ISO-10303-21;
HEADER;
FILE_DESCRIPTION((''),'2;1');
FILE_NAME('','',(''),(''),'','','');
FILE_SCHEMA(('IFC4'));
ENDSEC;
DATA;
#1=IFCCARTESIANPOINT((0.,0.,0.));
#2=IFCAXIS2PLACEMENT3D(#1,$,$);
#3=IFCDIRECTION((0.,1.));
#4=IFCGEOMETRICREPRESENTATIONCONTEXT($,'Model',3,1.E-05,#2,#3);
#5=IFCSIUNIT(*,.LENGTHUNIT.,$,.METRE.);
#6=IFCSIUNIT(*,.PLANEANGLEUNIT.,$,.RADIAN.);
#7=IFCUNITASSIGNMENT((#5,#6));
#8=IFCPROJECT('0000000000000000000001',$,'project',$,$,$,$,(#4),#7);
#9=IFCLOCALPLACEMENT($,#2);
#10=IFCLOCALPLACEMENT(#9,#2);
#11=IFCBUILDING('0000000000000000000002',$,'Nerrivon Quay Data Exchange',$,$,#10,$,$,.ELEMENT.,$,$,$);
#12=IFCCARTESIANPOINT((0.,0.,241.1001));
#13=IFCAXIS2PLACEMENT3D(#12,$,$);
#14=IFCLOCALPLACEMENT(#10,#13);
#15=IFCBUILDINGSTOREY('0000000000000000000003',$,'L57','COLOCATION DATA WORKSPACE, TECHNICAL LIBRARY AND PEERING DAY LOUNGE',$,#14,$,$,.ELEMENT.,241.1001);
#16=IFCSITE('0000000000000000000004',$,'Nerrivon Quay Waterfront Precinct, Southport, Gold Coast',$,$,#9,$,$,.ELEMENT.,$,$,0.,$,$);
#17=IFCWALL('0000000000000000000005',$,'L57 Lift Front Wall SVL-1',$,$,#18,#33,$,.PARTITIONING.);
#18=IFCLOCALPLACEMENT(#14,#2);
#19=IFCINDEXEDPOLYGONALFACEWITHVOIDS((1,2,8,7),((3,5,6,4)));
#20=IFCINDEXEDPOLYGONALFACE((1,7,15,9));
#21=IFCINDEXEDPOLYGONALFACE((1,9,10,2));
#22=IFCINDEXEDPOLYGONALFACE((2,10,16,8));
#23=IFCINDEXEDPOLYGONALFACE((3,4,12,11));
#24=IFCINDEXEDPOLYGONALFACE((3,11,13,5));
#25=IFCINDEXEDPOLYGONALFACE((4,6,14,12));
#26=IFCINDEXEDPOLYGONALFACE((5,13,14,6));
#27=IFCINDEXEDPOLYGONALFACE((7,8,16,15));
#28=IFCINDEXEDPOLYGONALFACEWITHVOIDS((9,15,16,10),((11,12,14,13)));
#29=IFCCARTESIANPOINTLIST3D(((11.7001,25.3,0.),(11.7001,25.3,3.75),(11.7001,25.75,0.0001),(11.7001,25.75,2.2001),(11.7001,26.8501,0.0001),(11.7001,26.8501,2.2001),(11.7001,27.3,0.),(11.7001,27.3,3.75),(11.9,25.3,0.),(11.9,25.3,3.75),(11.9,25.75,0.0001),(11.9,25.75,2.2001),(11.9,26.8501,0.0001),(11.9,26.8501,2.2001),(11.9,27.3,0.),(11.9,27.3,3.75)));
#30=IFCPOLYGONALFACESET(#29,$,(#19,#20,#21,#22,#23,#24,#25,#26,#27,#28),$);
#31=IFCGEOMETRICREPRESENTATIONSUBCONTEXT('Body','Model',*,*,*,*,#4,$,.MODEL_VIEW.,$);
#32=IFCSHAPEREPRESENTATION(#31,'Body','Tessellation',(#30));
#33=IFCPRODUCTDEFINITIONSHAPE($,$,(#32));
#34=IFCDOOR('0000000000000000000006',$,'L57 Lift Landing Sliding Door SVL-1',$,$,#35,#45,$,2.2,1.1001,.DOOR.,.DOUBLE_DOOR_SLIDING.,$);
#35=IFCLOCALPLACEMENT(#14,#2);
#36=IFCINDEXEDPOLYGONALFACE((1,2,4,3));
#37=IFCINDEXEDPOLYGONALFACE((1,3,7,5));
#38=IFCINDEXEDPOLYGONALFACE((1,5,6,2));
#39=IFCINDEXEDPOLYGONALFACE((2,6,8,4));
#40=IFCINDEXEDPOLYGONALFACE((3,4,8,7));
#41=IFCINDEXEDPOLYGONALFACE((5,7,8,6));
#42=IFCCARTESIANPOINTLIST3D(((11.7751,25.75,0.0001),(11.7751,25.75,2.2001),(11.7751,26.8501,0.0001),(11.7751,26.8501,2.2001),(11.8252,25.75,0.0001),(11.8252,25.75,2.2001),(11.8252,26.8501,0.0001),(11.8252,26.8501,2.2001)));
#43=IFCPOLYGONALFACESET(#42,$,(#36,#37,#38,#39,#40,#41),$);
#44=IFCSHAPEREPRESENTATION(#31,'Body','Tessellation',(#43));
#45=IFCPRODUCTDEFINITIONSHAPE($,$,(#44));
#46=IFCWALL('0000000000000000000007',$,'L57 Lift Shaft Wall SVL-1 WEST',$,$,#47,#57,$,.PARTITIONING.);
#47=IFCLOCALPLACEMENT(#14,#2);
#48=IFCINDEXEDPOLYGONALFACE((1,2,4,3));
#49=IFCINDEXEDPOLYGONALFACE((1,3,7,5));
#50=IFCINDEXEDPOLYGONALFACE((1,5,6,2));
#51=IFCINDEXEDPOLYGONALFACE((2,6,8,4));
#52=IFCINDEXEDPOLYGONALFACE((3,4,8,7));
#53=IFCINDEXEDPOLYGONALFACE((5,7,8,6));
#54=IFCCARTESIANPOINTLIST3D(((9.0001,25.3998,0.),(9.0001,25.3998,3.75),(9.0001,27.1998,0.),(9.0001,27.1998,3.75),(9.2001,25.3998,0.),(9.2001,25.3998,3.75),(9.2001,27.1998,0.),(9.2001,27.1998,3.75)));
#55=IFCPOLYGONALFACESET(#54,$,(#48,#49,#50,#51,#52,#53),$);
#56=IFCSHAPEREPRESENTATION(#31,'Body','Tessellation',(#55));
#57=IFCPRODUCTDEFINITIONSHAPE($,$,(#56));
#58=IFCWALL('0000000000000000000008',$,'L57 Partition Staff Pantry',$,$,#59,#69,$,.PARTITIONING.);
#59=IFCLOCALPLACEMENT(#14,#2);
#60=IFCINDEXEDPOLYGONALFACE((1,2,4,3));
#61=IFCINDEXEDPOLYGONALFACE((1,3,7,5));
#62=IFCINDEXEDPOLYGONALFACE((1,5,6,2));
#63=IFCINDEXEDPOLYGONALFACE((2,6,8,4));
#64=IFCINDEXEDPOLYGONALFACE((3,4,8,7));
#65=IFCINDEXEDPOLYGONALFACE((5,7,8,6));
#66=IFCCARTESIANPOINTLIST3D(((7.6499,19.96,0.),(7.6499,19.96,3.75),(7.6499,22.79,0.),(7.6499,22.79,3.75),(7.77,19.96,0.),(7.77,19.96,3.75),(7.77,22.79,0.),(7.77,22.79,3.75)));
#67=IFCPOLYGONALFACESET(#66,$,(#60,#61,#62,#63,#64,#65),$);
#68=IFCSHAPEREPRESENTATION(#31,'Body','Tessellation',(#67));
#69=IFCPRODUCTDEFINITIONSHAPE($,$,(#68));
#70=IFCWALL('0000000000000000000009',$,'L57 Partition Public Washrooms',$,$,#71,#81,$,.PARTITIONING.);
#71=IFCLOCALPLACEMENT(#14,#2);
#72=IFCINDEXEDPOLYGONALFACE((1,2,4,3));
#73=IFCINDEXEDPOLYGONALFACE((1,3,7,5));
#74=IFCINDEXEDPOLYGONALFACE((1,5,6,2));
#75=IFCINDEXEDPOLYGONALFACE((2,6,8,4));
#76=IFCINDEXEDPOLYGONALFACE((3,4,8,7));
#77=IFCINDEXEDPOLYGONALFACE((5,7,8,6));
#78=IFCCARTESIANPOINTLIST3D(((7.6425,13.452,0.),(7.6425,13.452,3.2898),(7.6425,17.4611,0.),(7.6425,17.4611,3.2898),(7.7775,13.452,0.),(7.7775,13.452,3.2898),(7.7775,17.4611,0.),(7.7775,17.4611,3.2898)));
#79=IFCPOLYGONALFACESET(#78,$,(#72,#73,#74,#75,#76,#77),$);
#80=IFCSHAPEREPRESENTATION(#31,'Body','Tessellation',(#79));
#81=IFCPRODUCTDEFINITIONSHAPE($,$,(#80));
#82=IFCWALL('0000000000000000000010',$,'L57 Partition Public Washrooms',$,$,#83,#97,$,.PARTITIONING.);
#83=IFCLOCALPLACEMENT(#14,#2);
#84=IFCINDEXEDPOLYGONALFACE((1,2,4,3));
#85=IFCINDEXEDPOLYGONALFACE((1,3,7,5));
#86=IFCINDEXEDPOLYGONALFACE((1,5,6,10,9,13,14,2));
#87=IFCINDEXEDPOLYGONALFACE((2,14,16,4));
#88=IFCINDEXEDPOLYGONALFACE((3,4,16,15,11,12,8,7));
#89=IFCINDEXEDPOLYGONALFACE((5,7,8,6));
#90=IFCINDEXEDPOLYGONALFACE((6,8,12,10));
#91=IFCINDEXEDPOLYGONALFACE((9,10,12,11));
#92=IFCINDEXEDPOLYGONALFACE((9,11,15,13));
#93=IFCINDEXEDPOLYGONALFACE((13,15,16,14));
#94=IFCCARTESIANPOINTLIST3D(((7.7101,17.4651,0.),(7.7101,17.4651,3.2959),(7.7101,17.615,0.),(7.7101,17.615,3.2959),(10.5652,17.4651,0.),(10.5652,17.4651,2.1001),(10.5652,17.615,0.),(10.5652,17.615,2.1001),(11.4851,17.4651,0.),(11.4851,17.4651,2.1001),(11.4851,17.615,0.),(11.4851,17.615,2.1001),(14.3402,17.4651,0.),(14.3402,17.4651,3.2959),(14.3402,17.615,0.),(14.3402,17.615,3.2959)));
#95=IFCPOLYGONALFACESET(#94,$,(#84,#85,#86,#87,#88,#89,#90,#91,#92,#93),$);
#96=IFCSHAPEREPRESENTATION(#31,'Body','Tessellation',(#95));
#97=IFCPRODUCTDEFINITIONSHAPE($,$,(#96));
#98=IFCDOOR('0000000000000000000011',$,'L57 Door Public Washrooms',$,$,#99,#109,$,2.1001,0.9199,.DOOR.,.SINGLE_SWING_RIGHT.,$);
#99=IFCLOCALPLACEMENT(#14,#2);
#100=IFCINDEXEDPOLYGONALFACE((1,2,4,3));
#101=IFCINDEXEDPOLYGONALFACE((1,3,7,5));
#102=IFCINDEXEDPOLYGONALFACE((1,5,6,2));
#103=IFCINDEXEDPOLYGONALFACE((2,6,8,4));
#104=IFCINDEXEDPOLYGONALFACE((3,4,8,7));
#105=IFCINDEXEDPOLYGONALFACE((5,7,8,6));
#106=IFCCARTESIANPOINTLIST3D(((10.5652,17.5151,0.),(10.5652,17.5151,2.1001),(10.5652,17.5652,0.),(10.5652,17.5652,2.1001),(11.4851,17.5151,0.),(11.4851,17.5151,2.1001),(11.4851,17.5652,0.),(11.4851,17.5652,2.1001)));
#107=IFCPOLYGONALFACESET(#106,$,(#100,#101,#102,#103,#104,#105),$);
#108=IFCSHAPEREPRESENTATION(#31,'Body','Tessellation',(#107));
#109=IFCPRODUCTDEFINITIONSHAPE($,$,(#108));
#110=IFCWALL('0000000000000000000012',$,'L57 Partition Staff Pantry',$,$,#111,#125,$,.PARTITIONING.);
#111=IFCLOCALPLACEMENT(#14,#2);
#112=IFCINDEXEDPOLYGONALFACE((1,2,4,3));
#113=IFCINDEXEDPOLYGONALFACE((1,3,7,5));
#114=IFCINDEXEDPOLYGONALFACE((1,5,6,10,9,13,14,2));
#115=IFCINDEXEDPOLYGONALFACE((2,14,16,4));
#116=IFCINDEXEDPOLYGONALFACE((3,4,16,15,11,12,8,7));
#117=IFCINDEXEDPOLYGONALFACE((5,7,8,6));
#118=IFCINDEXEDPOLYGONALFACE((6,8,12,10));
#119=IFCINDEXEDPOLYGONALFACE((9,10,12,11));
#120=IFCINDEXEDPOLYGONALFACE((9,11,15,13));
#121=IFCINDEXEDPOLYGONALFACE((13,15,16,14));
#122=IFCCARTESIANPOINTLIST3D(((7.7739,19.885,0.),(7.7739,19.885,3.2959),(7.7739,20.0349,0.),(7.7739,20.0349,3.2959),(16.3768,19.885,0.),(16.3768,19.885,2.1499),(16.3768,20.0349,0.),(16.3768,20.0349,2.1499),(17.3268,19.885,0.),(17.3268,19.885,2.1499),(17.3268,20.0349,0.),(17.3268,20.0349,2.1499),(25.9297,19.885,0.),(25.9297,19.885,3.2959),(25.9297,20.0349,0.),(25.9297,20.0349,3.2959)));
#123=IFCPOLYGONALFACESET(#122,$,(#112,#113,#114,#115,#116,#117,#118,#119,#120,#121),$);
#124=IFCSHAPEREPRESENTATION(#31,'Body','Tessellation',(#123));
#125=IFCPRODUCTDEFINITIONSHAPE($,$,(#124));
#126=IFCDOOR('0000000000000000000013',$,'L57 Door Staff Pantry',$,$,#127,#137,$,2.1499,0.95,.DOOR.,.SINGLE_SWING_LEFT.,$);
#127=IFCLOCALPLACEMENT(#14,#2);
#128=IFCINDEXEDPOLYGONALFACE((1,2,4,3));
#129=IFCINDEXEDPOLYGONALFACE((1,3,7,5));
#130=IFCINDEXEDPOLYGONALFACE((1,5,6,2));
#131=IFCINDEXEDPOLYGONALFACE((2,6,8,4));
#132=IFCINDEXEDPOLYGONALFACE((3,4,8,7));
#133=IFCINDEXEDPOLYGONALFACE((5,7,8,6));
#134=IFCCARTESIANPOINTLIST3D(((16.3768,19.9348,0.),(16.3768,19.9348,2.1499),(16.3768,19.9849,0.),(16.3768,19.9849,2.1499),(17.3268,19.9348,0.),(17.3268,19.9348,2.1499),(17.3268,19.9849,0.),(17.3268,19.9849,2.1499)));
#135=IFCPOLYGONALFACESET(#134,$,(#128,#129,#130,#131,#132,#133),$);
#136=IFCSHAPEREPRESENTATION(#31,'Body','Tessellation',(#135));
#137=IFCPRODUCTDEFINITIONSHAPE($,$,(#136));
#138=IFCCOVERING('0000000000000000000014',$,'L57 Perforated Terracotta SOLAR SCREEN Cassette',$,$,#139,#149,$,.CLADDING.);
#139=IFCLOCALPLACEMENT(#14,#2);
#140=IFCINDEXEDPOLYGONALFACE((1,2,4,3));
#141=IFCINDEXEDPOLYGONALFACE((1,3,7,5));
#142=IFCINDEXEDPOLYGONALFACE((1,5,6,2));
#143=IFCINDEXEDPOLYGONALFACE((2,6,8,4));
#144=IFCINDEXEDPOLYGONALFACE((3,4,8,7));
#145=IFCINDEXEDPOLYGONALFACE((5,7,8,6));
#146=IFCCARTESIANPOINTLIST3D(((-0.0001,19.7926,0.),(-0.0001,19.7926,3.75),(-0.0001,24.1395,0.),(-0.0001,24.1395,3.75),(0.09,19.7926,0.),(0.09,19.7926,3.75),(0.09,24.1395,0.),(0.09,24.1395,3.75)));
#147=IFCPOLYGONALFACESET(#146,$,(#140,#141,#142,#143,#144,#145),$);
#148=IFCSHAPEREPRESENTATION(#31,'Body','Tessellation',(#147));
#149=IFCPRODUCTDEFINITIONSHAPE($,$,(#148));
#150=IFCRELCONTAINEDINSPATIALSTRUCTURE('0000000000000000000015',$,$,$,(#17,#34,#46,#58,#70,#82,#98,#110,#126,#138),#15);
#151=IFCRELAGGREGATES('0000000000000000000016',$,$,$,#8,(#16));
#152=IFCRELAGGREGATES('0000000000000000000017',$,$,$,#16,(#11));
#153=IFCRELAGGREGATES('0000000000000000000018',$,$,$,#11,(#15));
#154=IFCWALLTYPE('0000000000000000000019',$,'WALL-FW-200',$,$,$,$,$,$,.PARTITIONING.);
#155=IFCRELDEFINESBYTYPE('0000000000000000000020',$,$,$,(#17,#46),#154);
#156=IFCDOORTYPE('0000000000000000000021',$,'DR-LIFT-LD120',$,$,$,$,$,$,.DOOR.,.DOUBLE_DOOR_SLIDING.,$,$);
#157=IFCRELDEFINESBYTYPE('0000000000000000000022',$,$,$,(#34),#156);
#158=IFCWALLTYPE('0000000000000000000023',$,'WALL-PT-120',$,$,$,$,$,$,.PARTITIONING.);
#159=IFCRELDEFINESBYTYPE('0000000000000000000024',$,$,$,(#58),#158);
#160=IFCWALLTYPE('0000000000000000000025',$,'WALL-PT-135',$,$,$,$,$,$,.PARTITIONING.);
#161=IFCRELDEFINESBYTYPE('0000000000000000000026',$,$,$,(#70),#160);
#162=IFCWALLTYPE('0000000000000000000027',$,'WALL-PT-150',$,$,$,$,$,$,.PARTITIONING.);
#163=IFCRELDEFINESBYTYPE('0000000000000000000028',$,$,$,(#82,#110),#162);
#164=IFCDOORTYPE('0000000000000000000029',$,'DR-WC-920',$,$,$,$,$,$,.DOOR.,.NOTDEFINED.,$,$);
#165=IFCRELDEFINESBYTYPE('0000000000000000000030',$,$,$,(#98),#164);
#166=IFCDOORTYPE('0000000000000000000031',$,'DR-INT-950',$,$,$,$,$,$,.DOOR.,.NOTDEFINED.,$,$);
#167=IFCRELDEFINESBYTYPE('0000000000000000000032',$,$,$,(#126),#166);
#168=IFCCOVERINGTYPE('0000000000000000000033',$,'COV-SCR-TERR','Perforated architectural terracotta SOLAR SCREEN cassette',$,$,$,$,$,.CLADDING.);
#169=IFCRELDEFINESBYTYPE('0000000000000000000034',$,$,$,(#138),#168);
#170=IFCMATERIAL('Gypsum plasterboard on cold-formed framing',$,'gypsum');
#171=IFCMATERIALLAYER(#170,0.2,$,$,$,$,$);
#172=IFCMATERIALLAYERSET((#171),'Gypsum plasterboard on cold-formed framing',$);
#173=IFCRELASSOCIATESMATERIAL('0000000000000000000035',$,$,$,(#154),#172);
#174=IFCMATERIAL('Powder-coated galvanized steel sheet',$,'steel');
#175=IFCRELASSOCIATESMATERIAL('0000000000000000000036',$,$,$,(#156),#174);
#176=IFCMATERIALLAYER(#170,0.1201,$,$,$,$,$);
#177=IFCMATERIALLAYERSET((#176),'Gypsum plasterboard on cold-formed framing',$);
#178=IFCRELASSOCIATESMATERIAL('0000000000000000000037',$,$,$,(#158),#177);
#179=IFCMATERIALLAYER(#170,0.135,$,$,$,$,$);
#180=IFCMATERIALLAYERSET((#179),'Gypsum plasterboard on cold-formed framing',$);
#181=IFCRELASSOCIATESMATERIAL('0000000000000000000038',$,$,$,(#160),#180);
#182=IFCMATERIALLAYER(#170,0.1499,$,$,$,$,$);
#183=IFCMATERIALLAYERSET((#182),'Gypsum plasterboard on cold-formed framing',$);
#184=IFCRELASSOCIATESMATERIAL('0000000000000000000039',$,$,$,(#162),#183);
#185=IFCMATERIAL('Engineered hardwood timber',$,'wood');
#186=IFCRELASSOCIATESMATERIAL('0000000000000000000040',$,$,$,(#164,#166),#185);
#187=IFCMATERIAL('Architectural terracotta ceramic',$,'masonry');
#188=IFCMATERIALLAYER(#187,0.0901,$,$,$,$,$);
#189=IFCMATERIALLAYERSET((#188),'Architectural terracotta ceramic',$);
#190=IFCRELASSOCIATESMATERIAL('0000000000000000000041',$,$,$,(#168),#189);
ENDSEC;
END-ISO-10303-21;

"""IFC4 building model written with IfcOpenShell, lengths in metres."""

from ifc_helpers import new_model, si_unit, direction, frame, frame_2d, origin, origin_2d, place, context, subcontext, project, spatial, rectangle, extrude, material, layer, layer_set, type_object, element, fill, save


model = new_model("IFC4")

# Units and contexts
model_context = context("Model", 3, precision=1e-05, world=origin(), true_north=direction((0.0, 1.0)))
body_context = subcontext(model_context, "Body", "Model", "MODEL_VIEW")
ifc_project = project(units=[si_unit("LENGTHUNIT", "METRE"), si_unit("PLANEANGLEUNIT", "RADIAN")], contexts=[model_context])

# Site, building, storey
site_placement = place(None, origin())
site = spatial("IfcSite", under=ifc_project, at=site_placement, Name="Nerrivon Quay Waterfront Precinct, Southport, Gold Coast", CompositionType="ELEMENT", RefElevation=0.0)
building_placement = place(site_placement, origin())
building = spatial("IfcBuilding", under=site, at=building_placement, Name="Nerrivon Quay Data Exchange", CompositionType="ELEMENT")
storey_placement = place(building_placement, frame((0.0, 0.0, 241.1001)))
storey = spatial("IfcBuildingStorey", under=building, at=storey_placement, Name="L57", Description="COLOCATION DATA WORKSPACE, TECHNICAL LIBRARY AND PEERING DAY LOUNGE", CompositionType="ELEMENT", Elevation=241.1001)

# Wall, opening, door
ifc_material_1 = material(Name="Powder-coated galvanized steel sheet", Category="steel")
ifc_material_2 = material(Name="Gypsum plasterboard on cold-formed framing", Category="gypsum")
ifc_layer_1 = layer(ifc_material_2, 0.2)
ifc_layer_set_1 = layer_set([ifc_layer_1], Name="Gypsum plasterboard on cold-formed framing")
wall_type_1 = type_object("IfcWallType", Name="WALL-FW-200", PredefinedType="PARTITIONING", material=ifc_layer_set_1)
wall_1_placement = place(storey_placement, frame((11.8, 25.3, 0.0), z_axis=(0.0, 0.0, 1.0), x_axis=(0.0, 1.0, 0.0)))
wall_1 = element("IfcWall", 1, at=wall_1_placement, inside=storey, type_object=wall_type_1, Name="L57 Lift Front Wall SVL-1", PredefinedType="PARTITIONING", context=body_context, shape_type="SweptSolid", body=[
    extrude(rectangle(XDim=2.0, YDim=0.2, at=frame_2d((1.0, 0.0))), origin(), (0.0, 0.0, 1.0), 3.75),
])
opening_1_placement = place(wall_1_placement, frame((0.45, 0.0, 0.0)))
opening_1 = element("IfcOpeningElement", 2, at=opening_1_placement, cuts=wall_1, PredefinedType="OPENING", context=body_context, shape_type="SweptSolid", body=[
    extrude(rectangle(XDim=1.1001, YDim=2.2, at=frame_2d((0.55, 1.1001))), frame((0.0, 0.1099, 0.0), z_axis=(0.0, -1.0, 0.0), x_axis=(1.0, 0.0, 0.0)), (0.0, 0.0, 1.0), 0.22),
])
door_type_1 = type_object("IfcDoorType", Name="DR-LIFT-LD120", OperationType="DOUBLE_DOOR_SLIDING", PredefinedType="DOOR", material=ifc_material_1)
door_1_placement = place(opening_1_placement, origin())
door_1 = element("IfcDoor", 3, at=door_1_placement, inside=storey, type_object=door_type_1, Name="L57 Lift Landing Sliding Door SVL-1", OperationType="DOUBLE_DOOR_SLIDING", OverallHeight=2.2, OverallWidth=1.1001, PredefinedType="DOOR", context=body_context, shape_type="SweptSolid", body=[
    extrude(rectangle(XDim=1.1001, YDim=2.2, at=frame_2d((0.55, 1.1001))), frame((0.0, 0.0249, 0.0), z_axis=(0.0, -1.0, 0.0), x_axis=(1.0, 0.0, 0.0)), (0.0, 0.0, 1.0), 0.05),
])
fill(opening_1, door_1)

# Walls
wall_2_placement = place(storey_placement, frame((9.1001, 25.3999, 0.0), z_axis=(0.0, 0.0, 1.0), x_axis=(0.0, 1.0, 0.0)))
element("IfcWall", 4, at=wall_2_placement, inside=storey, type_object=wall_type_1, Name="L57 Lift Shaft Wall SVL-1 WEST", PredefinedType="PARTITIONING", context=body_context, shape_type="SweptSolid", body=[
    extrude(rectangle(XDim=1.8, YDim=0.2, at=frame_2d((0.8999, 0.0))), origin(), (0.0, 0.0, 1.0), 3.75),
])
ifc_layer_2 = layer(ifc_material_2, 0.1201)
ifc_layer_set_2 = layer_set([ifc_layer_2], Name="Gypsum plasterboard on cold-formed framing")
wall_type_2 = type_object("IfcWallType", Name="WALL-PT-120", PredefinedType="PARTITIONING", material=ifc_layer_set_2)
wall_3_placement = place(storey_placement, frame((7.71, 22.79, 0.0), z_axis=(0.0, 0.0, 1.0), x_axis=(0.0, -1.0, 0.0)))
element("IfcWall", 5, at=wall_3_placement, inside=storey, type_object=wall_type_2, Name="L57 Partition Staff Pantry", PredefinedType="PARTITIONING", context=body_context, shape_type="SweptSolid", body=[
    extrude(rectangle(XDim=2.8301, YDim=0.1201, at=frame_2d((1.415, 0.0))), origin(), (0.0, 0.0, 1.0), 3.75),
])
ifc_layer_3 = layer(ifc_material_2, 0.135)
ifc_layer_set_3 = layer_set([ifc_layer_3], Name="Gypsum plasterboard on cold-formed framing")
wall_type_3 = type_object("IfcWallType", Name="WALL-PT-135", PredefinedType="PARTITIONING", material=ifc_layer_set_3)
wall_4_placement = place(storey_placement, frame((7.71, 17.4609, 0.0), z_axis=(0.0, 0.0, 1.0), x_axis=(0.0, -1.0, 0.0)))
element("IfcWall", 6, at=wall_4_placement, inside=storey, type_object=wall_type_3, Name="L57 Partition Public Washrooms", PredefinedType="PARTITIONING", context=body_context, shape_type="SweptSolid", body=[
    extrude(rectangle(XDim=4.009, YDim=0.135, at=frame_2d((2.0044, 0.0))), origin(), (0.0, 0.0, 1.0), 3.2898),
])

# Walls, openings, doors
ifc_layer_4 = layer(ifc_material_2, 0.1499)
ifc_layer_set_4 = layer_set([ifc_layer_4], Name="Gypsum plasterboard on cold-formed framing")
wall_type_4 = type_object("IfcWallType", Name="WALL-PT-150", PredefinedType="PARTITIONING", material=ifc_layer_set_4)
wall_5_placement = place(storey_placement, frame((14.3401, 17.54, 0.0), z_axis=(0.0, 0.0, 1.0), x_axis=(-1.0, 0.0, 0.0)))
wall_5 = element("IfcWall", 7, at=wall_5_placement, inside=storey, type_object=wall_type_4, Name="L57 Partition Public Washrooms", PredefinedType="PARTITIONING", context=body_context, shape_type="SweptSolid", body=[
    extrude(rectangle(XDim=6.6301, YDim=0.1499, at=frame_2d((3.3149, 0.0))), origin(), (0.0, 0.0, 1.0), 3.2959),
])
opening_2_placement = place(wall_5_placement, frame((2.855, 0.0, 0.0)))
opening_2 = element("IfcOpeningElement", 8, at=opening_2_placement, cuts=wall_5, PredefinedType="OPENING", context=body_context, shape_type="SweptSolid", body=[
    extrude(rectangle(XDim=0.9199, YDim=2.1001, at=frame_2d((0.46, 1.05))), frame((0.0, 0.085, 0.0), z_axis=(0.0, -1.0, 0.0), x_axis=(1.0, 0.0, 0.0)), (0.0, 0.0, 1.0), 0.1699),
])
ifc_material_3 = material(Name="Engineered hardwood timber", Category="wood")
door_type_2 = type_object("IfcDoorType", Name="DR-WC-920", OperationType="NOTDEFINED", PredefinedType="DOOR", material=ifc_material_3)
door_2_placement = place(opening_2_placement, origin())
door_2 = element("IfcDoor", 9, at=door_2_placement, inside=storey, type_object=door_type_2, Name="L57 Door Public Washrooms", OperationType="SINGLE_SWING_RIGHT", OverallHeight=2.1001, OverallWidth=0.9199, PredefinedType="DOOR", context=body_context, shape_type="SweptSolid", body=[
    extrude(rectangle(XDim=0.9199, YDim=2.1001, at=frame_2d((0.46, 1.05))), frame((0.0, 0.0249, 0.0), z_axis=(0.0, -1.0, 0.0), x_axis=(1.0, 0.0, 0.0)), (0.0, 0.0, 1.0), 0.05),
])
fill(opening_2, door_2)
wall_6_placement = place(storey_placement, frame((7.7739, 19.96, 0.0), z_axis=(0.0, 0.0, 1.0), x_axis=(1.0, 0.0, 0.0)))
wall_6 = element("IfcWall", 10, at=wall_6_placement, inside=storey, type_object=wall_type_4, Name="L57 Partition Staff Pantry", PredefinedType="PARTITIONING", context=body_context, shape_type="SweptSolid", body=[
    extrude(rectangle(XDim=18.1558, YDim=0.1499, at=frame_2d((9.0779, 0.0))), origin(), (0.0, 0.0, 1.0), 3.2959),
])
opening_3_placement = place(wall_6_placement, frame((8.6028, 0.0, 0.0)))
opening_3 = element("IfcOpeningElement", 11, at=opening_3_placement, cuts=wall_6, PredefinedType="OPENING", context=body_context, shape_type="SweptSolid", body=[
    extrude(rectangle(XDim=0.95, YDim=2.1499, at=frame_2d((0.4751, 1.075))), frame((0.0, 0.085, 0.0), z_axis=(0.0, -1.0, 0.0), x_axis=(1.0, 0.0, 0.0)), (0.0, 0.0, 1.0), 0.1699),
])
door_type_3 = type_object("IfcDoorType", Name="DR-INT-950", OperationType="NOTDEFINED", PredefinedType="DOOR", material=ifc_material_3)
door_3_placement = place(opening_3_placement, origin())
door_3 = element("IfcDoor", 12, at=door_3_placement, inside=storey, type_object=door_type_3, Name="L57 Door Staff Pantry", OperationType="SINGLE_SWING_LEFT", OverallHeight=2.1499, OverallWidth=0.95, PredefinedType="DOOR", context=body_context, shape_type="SweptSolid", body=[
    extrude(rectangle(XDim=0.95, YDim=2.1499, at=frame_2d((0.4751, 1.075))), frame((0.0, 0.0249, 0.0), z_axis=(0.0, -1.0, 0.0), x_axis=(1.0, 0.0, 0.0)), (0.0, 0.0, 1.0), 0.05),
])
fill(opening_3, door_3)

# Covering
ifc_material_4 = material(Name="Architectural terracotta ceramic", Category="masonry")
ifc_layer_5 = layer(ifc_material_4, 0.0901)
ifc_layer_set_5 = layer_set([ifc_layer_5], Name="Architectural terracotta ceramic")
covering_type = type_object("IfcCoveringType", Name="COV-SCR-TERR", Description="Perforated architectural terracotta SOLAR SCREEN cassette", PredefinedType="CLADDING", material=ifc_layer_set_5)
covering_placement = place(storey_placement, frame((0.0449, 21.9661, 0.0), z_axis=(0.0, 0.0, 1.0), x_axis=(0.0, 1.0, 0.0)))
element("IfcCovering", 13, at=covering_placement, inside=storey, type_object=covering_type, Name="L57 Perforated Terracotta SOLAR SCREEN Cassette", PredefinedType="CLADDING", context=body_context, shape_type="SweptSolid", body=[
    extrude(rectangle(XDim=4.3469, YDim=0.0901, at=origin_2d()), origin(), (0.0, 0.0, 1.0), 3.75),
])

save(model, "model.ifc")
